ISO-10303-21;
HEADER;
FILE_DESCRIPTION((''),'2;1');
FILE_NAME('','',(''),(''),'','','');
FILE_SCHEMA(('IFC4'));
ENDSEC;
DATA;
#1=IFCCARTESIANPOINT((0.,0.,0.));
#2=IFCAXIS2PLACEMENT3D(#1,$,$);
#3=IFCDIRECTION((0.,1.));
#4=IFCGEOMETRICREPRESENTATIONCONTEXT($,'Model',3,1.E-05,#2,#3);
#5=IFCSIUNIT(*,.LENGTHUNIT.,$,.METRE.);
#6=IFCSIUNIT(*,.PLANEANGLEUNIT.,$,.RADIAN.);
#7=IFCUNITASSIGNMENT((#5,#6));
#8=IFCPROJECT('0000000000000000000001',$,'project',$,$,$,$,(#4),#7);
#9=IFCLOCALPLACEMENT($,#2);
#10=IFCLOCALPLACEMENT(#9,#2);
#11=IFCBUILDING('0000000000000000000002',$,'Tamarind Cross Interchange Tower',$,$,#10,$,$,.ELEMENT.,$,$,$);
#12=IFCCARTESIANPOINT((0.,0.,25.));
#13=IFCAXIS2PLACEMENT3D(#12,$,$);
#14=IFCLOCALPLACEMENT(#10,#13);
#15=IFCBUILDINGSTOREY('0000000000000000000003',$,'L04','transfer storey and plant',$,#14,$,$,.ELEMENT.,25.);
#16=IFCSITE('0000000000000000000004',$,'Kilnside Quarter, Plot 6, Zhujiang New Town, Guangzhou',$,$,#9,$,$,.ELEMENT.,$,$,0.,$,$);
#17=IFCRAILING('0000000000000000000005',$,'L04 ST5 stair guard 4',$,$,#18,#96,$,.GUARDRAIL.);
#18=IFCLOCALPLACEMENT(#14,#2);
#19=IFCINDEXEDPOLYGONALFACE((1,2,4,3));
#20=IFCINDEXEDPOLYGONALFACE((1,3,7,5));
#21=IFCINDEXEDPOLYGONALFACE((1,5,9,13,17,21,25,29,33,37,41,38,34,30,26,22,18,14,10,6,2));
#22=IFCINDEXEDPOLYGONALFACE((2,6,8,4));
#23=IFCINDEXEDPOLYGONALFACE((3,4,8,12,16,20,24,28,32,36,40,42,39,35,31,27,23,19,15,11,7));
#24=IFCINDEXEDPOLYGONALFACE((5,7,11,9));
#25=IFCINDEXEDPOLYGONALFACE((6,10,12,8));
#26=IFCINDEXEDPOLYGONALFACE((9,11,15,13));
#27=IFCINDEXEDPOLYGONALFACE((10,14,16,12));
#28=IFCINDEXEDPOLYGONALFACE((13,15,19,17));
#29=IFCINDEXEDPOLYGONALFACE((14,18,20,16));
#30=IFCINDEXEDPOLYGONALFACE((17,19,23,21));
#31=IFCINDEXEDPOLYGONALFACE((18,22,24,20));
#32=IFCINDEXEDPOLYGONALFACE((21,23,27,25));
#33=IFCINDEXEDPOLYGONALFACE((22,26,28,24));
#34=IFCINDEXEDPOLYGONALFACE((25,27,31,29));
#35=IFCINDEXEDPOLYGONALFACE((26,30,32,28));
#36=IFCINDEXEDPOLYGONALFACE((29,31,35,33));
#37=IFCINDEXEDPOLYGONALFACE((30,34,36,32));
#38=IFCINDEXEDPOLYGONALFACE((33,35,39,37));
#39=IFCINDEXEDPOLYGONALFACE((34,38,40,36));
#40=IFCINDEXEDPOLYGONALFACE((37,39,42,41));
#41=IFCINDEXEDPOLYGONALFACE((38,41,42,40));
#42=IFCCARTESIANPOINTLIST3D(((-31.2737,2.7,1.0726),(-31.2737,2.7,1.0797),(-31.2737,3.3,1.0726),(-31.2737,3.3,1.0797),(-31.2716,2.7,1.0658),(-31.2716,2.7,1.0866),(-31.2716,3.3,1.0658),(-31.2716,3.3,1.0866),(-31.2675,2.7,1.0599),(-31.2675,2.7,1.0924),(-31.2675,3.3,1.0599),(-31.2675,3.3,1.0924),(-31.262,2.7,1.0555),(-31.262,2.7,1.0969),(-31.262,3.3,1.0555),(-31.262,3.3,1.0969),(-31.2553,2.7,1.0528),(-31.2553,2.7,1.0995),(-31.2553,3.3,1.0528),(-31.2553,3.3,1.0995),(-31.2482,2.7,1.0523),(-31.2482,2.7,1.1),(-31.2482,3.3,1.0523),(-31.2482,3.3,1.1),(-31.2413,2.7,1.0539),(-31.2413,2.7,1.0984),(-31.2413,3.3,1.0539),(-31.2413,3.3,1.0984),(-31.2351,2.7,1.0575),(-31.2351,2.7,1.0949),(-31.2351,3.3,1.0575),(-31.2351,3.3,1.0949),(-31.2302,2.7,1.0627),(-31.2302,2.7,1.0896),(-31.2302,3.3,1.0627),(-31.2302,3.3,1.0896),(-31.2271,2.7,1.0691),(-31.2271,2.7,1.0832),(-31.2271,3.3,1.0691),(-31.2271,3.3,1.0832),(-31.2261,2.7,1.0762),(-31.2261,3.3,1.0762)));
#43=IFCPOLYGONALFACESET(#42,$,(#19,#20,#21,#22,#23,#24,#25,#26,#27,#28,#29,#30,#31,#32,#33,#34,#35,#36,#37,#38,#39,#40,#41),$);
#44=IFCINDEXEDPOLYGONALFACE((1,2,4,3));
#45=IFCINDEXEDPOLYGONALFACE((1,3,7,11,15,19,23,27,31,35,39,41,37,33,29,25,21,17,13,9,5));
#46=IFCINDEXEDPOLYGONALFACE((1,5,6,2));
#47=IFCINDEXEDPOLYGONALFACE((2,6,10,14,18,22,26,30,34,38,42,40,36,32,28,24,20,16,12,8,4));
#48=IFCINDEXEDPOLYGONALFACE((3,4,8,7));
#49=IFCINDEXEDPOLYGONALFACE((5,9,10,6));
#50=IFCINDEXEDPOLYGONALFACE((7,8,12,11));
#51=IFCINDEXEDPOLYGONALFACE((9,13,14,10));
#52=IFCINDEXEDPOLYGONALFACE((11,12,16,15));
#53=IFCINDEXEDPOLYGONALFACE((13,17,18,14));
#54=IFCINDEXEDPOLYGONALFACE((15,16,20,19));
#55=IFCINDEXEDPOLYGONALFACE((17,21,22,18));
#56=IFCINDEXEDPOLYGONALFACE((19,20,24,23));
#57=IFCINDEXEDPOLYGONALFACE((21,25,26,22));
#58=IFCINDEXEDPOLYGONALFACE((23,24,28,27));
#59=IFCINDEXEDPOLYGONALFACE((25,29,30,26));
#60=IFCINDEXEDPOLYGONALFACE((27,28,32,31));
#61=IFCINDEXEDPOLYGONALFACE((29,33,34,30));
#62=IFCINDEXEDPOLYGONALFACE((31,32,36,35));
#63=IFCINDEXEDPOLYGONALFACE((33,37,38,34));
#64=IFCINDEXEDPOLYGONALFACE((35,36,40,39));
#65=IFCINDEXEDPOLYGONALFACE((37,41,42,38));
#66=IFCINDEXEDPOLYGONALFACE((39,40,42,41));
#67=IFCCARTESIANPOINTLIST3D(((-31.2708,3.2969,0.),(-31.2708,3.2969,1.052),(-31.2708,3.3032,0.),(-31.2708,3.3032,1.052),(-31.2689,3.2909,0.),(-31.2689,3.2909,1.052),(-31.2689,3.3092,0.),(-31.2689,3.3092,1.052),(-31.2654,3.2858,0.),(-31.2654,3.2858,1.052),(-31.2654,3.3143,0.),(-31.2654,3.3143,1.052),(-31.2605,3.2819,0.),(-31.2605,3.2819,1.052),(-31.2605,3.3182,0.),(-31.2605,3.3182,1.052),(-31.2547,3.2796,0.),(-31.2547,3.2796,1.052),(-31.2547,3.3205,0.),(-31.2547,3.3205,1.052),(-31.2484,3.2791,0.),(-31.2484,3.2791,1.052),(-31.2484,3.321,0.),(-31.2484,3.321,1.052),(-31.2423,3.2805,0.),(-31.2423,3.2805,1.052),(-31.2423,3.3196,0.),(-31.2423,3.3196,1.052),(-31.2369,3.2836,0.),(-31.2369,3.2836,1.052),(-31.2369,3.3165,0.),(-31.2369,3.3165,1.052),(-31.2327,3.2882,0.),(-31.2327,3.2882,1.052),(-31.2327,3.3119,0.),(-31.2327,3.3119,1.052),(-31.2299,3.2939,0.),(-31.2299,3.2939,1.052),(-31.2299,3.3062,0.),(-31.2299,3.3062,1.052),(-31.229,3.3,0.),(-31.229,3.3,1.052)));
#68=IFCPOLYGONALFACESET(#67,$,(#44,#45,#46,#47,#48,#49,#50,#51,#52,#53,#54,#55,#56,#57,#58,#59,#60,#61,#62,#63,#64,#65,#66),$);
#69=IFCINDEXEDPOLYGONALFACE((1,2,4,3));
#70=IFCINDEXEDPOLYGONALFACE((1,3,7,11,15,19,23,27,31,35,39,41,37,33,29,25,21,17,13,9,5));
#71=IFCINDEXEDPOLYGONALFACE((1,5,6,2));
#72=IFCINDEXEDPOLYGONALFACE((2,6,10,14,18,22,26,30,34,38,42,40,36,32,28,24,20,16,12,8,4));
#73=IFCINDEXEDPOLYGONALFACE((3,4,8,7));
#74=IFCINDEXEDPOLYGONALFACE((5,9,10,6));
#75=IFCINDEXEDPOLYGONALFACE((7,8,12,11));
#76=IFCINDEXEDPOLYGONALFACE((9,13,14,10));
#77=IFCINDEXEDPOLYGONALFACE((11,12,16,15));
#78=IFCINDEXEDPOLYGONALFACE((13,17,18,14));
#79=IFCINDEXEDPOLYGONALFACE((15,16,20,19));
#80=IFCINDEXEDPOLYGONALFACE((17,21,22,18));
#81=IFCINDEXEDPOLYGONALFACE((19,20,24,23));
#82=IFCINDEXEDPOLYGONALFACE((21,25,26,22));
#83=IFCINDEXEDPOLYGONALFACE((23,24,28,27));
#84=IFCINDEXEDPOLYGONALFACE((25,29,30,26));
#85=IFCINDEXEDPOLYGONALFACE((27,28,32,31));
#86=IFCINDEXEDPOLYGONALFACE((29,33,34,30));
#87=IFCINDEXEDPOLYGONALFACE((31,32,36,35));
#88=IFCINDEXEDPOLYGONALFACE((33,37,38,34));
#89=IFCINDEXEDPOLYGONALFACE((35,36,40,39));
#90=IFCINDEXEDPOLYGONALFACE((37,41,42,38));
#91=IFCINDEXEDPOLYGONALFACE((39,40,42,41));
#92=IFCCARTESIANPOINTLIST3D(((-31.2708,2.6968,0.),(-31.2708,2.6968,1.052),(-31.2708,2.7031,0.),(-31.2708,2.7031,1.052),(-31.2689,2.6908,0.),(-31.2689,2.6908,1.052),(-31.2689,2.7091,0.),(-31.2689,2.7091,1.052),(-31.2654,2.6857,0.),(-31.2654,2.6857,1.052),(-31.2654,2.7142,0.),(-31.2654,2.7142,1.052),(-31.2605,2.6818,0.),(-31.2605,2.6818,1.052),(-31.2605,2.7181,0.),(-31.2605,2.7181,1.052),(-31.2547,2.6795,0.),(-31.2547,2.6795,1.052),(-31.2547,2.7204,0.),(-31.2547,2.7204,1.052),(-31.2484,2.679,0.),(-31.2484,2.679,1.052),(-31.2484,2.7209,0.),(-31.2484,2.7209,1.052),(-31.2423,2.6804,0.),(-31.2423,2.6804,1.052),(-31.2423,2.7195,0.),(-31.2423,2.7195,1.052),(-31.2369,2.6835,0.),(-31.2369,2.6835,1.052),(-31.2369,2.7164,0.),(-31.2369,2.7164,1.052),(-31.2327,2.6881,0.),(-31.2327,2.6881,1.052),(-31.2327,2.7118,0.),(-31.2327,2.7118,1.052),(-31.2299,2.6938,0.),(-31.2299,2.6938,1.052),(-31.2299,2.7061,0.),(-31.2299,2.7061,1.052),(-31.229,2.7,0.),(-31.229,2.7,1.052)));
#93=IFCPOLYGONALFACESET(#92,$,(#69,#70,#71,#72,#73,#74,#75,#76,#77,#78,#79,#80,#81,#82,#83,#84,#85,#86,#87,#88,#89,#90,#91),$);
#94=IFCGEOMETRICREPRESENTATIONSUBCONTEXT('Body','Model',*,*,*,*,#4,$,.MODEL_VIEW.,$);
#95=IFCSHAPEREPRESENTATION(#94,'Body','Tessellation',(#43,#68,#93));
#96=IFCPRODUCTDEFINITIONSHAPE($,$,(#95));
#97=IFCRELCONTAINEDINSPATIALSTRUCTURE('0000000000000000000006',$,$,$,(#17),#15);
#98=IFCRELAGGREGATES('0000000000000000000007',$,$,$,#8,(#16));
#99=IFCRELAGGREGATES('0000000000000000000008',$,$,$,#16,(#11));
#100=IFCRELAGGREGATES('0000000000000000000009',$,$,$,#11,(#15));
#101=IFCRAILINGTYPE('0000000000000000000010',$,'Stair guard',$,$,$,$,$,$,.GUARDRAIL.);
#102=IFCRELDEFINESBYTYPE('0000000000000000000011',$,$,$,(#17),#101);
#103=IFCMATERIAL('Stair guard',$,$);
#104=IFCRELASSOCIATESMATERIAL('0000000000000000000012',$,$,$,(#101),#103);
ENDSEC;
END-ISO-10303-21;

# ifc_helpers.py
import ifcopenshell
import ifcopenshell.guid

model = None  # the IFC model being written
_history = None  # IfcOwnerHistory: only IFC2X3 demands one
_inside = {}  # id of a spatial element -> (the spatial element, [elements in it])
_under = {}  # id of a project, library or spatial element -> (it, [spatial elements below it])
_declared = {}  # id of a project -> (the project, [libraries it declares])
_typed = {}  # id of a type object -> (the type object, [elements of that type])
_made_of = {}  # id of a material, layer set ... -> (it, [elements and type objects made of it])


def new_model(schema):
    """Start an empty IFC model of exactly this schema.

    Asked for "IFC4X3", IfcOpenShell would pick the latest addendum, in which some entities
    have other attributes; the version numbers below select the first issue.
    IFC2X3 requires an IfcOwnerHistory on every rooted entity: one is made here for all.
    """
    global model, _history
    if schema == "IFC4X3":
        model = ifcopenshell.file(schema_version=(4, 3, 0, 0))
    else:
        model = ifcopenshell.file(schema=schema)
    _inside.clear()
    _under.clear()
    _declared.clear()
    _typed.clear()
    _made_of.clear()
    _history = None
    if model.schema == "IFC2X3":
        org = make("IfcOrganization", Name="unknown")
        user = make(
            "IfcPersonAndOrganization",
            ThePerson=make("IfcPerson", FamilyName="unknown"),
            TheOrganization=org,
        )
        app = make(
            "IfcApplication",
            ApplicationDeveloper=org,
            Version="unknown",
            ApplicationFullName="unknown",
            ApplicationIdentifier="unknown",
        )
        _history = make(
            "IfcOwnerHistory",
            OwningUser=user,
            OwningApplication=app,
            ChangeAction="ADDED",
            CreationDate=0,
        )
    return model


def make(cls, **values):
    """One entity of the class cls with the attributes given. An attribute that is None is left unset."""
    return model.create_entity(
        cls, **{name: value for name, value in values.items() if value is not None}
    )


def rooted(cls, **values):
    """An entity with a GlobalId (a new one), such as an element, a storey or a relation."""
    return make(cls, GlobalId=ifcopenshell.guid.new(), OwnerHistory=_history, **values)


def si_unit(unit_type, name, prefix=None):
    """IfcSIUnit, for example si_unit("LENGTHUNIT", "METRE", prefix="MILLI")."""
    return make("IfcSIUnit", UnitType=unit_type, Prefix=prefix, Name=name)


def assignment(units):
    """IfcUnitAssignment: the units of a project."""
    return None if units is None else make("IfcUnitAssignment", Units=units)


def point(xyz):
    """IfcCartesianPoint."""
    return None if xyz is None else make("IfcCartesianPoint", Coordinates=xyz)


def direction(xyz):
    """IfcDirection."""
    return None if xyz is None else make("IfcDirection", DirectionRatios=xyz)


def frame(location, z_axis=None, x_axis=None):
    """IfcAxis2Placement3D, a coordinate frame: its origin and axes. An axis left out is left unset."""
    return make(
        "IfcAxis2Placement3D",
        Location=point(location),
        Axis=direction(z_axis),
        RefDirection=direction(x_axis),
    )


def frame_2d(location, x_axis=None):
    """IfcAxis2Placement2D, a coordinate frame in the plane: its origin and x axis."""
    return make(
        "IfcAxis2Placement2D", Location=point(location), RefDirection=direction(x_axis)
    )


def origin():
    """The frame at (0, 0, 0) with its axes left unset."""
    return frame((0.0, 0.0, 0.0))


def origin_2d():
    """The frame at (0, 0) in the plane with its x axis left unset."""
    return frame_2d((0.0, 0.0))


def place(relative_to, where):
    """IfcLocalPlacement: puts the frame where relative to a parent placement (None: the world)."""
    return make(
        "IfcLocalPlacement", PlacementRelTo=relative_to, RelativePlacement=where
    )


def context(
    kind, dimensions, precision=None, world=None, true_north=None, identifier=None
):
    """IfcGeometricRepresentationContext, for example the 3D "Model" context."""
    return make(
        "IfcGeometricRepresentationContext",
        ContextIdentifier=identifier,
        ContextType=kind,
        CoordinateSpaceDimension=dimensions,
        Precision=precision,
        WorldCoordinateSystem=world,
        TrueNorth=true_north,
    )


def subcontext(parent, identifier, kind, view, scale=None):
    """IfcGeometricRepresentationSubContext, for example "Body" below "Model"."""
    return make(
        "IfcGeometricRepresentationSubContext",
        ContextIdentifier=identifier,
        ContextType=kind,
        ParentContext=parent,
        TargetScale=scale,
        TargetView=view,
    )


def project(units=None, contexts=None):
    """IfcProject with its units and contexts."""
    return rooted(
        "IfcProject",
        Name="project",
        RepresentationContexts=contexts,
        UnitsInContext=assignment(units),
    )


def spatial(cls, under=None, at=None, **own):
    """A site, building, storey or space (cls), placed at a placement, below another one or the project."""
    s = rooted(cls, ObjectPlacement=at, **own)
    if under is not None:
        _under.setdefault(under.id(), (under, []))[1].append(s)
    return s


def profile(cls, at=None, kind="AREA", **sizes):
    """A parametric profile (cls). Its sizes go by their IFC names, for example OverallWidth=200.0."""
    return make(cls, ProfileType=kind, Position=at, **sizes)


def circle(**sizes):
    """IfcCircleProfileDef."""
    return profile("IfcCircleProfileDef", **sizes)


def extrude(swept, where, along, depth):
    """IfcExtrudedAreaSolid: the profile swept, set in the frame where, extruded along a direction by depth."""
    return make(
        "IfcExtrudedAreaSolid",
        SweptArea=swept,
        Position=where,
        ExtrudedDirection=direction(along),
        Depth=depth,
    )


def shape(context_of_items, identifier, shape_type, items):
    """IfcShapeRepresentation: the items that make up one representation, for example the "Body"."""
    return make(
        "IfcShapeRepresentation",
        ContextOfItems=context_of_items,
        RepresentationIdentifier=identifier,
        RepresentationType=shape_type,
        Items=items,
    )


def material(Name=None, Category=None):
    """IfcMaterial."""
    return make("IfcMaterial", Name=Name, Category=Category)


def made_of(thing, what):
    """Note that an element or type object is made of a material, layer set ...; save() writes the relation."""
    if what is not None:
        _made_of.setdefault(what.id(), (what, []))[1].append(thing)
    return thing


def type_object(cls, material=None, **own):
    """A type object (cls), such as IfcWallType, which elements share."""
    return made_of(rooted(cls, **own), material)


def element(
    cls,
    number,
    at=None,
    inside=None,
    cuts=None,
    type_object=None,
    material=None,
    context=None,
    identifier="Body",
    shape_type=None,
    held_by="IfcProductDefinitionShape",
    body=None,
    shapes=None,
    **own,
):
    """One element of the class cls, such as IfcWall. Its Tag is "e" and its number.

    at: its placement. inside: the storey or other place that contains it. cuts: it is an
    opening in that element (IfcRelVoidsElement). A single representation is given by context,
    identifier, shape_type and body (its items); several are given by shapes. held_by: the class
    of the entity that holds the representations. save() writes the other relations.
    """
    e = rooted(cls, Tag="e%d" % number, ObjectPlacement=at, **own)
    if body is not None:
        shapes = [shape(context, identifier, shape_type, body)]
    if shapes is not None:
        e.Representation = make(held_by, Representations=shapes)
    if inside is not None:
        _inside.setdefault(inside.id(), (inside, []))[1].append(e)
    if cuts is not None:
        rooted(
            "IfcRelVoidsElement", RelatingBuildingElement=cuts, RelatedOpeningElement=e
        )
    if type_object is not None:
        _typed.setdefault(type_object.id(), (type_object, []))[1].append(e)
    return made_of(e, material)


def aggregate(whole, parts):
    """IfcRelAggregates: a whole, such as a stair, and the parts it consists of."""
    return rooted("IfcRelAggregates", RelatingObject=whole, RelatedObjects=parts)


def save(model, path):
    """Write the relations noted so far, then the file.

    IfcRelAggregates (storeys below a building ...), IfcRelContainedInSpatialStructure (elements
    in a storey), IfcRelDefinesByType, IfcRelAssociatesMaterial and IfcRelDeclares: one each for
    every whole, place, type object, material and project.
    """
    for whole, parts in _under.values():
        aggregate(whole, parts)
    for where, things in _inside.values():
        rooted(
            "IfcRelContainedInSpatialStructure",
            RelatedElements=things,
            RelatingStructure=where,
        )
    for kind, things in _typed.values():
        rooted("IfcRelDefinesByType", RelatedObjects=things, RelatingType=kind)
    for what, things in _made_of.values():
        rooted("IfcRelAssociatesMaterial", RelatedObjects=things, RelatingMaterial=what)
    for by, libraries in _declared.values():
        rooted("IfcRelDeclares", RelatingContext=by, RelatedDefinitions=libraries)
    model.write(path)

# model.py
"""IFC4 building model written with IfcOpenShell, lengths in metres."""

from ifc_helpers import new_model, si_unit, direction, frame, origin, origin_2d, place, context, subcontext, project, spatial, circle, extrude, material, type_object, element, save


model = new_model("IFC4")

# Units and contexts
model_context = context("Model", 3, precision=1e-05, world=origin(), true_north=direction((0.0, 1.0)))
body_context = subcontext(model_context, "Body", "Model", "MODEL_VIEW")
ifc_project = project(units=[si_unit("LENGTHUNIT", "METRE"), si_unit("PLANEANGLEUNIT", "RADIAN")], contexts=[model_context])

# Site, building, storey
site_placement = place(None, origin())
site = spatial("IfcSite", under=ifc_project, at=site_placement, Name="Kilnside Quarter, Plot 6, Zhujiang New Town, Guangzhou", CompositionType="ELEMENT", RefElevation=0.0)
building_placement = place(site_placement, origin())
building = spatial("IfcBuilding", under=site, at=building_placement, Name="Tamarind Cross Interchange Tower", CompositionType="ELEMENT")
storey_placement = place(building_placement, frame((0.0, 0.0, 25.0)))
storey = spatial("IfcBuildingStorey", under=building, at=storey_placement, Name="L04", Description="transfer storey and plant", CompositionType="ELEMENT", Elevation=25.0)

# Railing
ifc_material_1 = material(Name="Stair guard")
railing_type_1 = type_object("IfcRailingType", Name="Stair guard", PredefinedType="GUARDRAIL", material=ifc_material_1)
railing_1_placement = place(storey_placement, frame((-31.25, 3.3, 0.0)))
element("IfcRailing", 1, at=railing_1_placement, inside=storey, type_object=railing_type_1, Name="L04 ST5 stair guard 4", PredefinedType="GUARDRAIL", context=body_context, shape_type="SweptSolid", body=[
    extrude(circle(Radius=0.0239, at=origin_2d()), frame((0.0, 0.0, 1.0762), z_axis=(0.0, -1.0, 0.0), x_axis=(1.0, 0.0, 0.0)), (0.0, 0.0, 1.0), 0.6001),
    extrude(circle(Radius=0.021, at=origin_2d()), origin(), (0.0, 0.0, 1.0), 1.052),
    extrude(circle(Radius=0.021, at=origin_2d()), frame((0.0, -0.6001, 0.0)), (0.0, 0.0, 1.0), 1.052),
])

save(model, "model.ifc")
